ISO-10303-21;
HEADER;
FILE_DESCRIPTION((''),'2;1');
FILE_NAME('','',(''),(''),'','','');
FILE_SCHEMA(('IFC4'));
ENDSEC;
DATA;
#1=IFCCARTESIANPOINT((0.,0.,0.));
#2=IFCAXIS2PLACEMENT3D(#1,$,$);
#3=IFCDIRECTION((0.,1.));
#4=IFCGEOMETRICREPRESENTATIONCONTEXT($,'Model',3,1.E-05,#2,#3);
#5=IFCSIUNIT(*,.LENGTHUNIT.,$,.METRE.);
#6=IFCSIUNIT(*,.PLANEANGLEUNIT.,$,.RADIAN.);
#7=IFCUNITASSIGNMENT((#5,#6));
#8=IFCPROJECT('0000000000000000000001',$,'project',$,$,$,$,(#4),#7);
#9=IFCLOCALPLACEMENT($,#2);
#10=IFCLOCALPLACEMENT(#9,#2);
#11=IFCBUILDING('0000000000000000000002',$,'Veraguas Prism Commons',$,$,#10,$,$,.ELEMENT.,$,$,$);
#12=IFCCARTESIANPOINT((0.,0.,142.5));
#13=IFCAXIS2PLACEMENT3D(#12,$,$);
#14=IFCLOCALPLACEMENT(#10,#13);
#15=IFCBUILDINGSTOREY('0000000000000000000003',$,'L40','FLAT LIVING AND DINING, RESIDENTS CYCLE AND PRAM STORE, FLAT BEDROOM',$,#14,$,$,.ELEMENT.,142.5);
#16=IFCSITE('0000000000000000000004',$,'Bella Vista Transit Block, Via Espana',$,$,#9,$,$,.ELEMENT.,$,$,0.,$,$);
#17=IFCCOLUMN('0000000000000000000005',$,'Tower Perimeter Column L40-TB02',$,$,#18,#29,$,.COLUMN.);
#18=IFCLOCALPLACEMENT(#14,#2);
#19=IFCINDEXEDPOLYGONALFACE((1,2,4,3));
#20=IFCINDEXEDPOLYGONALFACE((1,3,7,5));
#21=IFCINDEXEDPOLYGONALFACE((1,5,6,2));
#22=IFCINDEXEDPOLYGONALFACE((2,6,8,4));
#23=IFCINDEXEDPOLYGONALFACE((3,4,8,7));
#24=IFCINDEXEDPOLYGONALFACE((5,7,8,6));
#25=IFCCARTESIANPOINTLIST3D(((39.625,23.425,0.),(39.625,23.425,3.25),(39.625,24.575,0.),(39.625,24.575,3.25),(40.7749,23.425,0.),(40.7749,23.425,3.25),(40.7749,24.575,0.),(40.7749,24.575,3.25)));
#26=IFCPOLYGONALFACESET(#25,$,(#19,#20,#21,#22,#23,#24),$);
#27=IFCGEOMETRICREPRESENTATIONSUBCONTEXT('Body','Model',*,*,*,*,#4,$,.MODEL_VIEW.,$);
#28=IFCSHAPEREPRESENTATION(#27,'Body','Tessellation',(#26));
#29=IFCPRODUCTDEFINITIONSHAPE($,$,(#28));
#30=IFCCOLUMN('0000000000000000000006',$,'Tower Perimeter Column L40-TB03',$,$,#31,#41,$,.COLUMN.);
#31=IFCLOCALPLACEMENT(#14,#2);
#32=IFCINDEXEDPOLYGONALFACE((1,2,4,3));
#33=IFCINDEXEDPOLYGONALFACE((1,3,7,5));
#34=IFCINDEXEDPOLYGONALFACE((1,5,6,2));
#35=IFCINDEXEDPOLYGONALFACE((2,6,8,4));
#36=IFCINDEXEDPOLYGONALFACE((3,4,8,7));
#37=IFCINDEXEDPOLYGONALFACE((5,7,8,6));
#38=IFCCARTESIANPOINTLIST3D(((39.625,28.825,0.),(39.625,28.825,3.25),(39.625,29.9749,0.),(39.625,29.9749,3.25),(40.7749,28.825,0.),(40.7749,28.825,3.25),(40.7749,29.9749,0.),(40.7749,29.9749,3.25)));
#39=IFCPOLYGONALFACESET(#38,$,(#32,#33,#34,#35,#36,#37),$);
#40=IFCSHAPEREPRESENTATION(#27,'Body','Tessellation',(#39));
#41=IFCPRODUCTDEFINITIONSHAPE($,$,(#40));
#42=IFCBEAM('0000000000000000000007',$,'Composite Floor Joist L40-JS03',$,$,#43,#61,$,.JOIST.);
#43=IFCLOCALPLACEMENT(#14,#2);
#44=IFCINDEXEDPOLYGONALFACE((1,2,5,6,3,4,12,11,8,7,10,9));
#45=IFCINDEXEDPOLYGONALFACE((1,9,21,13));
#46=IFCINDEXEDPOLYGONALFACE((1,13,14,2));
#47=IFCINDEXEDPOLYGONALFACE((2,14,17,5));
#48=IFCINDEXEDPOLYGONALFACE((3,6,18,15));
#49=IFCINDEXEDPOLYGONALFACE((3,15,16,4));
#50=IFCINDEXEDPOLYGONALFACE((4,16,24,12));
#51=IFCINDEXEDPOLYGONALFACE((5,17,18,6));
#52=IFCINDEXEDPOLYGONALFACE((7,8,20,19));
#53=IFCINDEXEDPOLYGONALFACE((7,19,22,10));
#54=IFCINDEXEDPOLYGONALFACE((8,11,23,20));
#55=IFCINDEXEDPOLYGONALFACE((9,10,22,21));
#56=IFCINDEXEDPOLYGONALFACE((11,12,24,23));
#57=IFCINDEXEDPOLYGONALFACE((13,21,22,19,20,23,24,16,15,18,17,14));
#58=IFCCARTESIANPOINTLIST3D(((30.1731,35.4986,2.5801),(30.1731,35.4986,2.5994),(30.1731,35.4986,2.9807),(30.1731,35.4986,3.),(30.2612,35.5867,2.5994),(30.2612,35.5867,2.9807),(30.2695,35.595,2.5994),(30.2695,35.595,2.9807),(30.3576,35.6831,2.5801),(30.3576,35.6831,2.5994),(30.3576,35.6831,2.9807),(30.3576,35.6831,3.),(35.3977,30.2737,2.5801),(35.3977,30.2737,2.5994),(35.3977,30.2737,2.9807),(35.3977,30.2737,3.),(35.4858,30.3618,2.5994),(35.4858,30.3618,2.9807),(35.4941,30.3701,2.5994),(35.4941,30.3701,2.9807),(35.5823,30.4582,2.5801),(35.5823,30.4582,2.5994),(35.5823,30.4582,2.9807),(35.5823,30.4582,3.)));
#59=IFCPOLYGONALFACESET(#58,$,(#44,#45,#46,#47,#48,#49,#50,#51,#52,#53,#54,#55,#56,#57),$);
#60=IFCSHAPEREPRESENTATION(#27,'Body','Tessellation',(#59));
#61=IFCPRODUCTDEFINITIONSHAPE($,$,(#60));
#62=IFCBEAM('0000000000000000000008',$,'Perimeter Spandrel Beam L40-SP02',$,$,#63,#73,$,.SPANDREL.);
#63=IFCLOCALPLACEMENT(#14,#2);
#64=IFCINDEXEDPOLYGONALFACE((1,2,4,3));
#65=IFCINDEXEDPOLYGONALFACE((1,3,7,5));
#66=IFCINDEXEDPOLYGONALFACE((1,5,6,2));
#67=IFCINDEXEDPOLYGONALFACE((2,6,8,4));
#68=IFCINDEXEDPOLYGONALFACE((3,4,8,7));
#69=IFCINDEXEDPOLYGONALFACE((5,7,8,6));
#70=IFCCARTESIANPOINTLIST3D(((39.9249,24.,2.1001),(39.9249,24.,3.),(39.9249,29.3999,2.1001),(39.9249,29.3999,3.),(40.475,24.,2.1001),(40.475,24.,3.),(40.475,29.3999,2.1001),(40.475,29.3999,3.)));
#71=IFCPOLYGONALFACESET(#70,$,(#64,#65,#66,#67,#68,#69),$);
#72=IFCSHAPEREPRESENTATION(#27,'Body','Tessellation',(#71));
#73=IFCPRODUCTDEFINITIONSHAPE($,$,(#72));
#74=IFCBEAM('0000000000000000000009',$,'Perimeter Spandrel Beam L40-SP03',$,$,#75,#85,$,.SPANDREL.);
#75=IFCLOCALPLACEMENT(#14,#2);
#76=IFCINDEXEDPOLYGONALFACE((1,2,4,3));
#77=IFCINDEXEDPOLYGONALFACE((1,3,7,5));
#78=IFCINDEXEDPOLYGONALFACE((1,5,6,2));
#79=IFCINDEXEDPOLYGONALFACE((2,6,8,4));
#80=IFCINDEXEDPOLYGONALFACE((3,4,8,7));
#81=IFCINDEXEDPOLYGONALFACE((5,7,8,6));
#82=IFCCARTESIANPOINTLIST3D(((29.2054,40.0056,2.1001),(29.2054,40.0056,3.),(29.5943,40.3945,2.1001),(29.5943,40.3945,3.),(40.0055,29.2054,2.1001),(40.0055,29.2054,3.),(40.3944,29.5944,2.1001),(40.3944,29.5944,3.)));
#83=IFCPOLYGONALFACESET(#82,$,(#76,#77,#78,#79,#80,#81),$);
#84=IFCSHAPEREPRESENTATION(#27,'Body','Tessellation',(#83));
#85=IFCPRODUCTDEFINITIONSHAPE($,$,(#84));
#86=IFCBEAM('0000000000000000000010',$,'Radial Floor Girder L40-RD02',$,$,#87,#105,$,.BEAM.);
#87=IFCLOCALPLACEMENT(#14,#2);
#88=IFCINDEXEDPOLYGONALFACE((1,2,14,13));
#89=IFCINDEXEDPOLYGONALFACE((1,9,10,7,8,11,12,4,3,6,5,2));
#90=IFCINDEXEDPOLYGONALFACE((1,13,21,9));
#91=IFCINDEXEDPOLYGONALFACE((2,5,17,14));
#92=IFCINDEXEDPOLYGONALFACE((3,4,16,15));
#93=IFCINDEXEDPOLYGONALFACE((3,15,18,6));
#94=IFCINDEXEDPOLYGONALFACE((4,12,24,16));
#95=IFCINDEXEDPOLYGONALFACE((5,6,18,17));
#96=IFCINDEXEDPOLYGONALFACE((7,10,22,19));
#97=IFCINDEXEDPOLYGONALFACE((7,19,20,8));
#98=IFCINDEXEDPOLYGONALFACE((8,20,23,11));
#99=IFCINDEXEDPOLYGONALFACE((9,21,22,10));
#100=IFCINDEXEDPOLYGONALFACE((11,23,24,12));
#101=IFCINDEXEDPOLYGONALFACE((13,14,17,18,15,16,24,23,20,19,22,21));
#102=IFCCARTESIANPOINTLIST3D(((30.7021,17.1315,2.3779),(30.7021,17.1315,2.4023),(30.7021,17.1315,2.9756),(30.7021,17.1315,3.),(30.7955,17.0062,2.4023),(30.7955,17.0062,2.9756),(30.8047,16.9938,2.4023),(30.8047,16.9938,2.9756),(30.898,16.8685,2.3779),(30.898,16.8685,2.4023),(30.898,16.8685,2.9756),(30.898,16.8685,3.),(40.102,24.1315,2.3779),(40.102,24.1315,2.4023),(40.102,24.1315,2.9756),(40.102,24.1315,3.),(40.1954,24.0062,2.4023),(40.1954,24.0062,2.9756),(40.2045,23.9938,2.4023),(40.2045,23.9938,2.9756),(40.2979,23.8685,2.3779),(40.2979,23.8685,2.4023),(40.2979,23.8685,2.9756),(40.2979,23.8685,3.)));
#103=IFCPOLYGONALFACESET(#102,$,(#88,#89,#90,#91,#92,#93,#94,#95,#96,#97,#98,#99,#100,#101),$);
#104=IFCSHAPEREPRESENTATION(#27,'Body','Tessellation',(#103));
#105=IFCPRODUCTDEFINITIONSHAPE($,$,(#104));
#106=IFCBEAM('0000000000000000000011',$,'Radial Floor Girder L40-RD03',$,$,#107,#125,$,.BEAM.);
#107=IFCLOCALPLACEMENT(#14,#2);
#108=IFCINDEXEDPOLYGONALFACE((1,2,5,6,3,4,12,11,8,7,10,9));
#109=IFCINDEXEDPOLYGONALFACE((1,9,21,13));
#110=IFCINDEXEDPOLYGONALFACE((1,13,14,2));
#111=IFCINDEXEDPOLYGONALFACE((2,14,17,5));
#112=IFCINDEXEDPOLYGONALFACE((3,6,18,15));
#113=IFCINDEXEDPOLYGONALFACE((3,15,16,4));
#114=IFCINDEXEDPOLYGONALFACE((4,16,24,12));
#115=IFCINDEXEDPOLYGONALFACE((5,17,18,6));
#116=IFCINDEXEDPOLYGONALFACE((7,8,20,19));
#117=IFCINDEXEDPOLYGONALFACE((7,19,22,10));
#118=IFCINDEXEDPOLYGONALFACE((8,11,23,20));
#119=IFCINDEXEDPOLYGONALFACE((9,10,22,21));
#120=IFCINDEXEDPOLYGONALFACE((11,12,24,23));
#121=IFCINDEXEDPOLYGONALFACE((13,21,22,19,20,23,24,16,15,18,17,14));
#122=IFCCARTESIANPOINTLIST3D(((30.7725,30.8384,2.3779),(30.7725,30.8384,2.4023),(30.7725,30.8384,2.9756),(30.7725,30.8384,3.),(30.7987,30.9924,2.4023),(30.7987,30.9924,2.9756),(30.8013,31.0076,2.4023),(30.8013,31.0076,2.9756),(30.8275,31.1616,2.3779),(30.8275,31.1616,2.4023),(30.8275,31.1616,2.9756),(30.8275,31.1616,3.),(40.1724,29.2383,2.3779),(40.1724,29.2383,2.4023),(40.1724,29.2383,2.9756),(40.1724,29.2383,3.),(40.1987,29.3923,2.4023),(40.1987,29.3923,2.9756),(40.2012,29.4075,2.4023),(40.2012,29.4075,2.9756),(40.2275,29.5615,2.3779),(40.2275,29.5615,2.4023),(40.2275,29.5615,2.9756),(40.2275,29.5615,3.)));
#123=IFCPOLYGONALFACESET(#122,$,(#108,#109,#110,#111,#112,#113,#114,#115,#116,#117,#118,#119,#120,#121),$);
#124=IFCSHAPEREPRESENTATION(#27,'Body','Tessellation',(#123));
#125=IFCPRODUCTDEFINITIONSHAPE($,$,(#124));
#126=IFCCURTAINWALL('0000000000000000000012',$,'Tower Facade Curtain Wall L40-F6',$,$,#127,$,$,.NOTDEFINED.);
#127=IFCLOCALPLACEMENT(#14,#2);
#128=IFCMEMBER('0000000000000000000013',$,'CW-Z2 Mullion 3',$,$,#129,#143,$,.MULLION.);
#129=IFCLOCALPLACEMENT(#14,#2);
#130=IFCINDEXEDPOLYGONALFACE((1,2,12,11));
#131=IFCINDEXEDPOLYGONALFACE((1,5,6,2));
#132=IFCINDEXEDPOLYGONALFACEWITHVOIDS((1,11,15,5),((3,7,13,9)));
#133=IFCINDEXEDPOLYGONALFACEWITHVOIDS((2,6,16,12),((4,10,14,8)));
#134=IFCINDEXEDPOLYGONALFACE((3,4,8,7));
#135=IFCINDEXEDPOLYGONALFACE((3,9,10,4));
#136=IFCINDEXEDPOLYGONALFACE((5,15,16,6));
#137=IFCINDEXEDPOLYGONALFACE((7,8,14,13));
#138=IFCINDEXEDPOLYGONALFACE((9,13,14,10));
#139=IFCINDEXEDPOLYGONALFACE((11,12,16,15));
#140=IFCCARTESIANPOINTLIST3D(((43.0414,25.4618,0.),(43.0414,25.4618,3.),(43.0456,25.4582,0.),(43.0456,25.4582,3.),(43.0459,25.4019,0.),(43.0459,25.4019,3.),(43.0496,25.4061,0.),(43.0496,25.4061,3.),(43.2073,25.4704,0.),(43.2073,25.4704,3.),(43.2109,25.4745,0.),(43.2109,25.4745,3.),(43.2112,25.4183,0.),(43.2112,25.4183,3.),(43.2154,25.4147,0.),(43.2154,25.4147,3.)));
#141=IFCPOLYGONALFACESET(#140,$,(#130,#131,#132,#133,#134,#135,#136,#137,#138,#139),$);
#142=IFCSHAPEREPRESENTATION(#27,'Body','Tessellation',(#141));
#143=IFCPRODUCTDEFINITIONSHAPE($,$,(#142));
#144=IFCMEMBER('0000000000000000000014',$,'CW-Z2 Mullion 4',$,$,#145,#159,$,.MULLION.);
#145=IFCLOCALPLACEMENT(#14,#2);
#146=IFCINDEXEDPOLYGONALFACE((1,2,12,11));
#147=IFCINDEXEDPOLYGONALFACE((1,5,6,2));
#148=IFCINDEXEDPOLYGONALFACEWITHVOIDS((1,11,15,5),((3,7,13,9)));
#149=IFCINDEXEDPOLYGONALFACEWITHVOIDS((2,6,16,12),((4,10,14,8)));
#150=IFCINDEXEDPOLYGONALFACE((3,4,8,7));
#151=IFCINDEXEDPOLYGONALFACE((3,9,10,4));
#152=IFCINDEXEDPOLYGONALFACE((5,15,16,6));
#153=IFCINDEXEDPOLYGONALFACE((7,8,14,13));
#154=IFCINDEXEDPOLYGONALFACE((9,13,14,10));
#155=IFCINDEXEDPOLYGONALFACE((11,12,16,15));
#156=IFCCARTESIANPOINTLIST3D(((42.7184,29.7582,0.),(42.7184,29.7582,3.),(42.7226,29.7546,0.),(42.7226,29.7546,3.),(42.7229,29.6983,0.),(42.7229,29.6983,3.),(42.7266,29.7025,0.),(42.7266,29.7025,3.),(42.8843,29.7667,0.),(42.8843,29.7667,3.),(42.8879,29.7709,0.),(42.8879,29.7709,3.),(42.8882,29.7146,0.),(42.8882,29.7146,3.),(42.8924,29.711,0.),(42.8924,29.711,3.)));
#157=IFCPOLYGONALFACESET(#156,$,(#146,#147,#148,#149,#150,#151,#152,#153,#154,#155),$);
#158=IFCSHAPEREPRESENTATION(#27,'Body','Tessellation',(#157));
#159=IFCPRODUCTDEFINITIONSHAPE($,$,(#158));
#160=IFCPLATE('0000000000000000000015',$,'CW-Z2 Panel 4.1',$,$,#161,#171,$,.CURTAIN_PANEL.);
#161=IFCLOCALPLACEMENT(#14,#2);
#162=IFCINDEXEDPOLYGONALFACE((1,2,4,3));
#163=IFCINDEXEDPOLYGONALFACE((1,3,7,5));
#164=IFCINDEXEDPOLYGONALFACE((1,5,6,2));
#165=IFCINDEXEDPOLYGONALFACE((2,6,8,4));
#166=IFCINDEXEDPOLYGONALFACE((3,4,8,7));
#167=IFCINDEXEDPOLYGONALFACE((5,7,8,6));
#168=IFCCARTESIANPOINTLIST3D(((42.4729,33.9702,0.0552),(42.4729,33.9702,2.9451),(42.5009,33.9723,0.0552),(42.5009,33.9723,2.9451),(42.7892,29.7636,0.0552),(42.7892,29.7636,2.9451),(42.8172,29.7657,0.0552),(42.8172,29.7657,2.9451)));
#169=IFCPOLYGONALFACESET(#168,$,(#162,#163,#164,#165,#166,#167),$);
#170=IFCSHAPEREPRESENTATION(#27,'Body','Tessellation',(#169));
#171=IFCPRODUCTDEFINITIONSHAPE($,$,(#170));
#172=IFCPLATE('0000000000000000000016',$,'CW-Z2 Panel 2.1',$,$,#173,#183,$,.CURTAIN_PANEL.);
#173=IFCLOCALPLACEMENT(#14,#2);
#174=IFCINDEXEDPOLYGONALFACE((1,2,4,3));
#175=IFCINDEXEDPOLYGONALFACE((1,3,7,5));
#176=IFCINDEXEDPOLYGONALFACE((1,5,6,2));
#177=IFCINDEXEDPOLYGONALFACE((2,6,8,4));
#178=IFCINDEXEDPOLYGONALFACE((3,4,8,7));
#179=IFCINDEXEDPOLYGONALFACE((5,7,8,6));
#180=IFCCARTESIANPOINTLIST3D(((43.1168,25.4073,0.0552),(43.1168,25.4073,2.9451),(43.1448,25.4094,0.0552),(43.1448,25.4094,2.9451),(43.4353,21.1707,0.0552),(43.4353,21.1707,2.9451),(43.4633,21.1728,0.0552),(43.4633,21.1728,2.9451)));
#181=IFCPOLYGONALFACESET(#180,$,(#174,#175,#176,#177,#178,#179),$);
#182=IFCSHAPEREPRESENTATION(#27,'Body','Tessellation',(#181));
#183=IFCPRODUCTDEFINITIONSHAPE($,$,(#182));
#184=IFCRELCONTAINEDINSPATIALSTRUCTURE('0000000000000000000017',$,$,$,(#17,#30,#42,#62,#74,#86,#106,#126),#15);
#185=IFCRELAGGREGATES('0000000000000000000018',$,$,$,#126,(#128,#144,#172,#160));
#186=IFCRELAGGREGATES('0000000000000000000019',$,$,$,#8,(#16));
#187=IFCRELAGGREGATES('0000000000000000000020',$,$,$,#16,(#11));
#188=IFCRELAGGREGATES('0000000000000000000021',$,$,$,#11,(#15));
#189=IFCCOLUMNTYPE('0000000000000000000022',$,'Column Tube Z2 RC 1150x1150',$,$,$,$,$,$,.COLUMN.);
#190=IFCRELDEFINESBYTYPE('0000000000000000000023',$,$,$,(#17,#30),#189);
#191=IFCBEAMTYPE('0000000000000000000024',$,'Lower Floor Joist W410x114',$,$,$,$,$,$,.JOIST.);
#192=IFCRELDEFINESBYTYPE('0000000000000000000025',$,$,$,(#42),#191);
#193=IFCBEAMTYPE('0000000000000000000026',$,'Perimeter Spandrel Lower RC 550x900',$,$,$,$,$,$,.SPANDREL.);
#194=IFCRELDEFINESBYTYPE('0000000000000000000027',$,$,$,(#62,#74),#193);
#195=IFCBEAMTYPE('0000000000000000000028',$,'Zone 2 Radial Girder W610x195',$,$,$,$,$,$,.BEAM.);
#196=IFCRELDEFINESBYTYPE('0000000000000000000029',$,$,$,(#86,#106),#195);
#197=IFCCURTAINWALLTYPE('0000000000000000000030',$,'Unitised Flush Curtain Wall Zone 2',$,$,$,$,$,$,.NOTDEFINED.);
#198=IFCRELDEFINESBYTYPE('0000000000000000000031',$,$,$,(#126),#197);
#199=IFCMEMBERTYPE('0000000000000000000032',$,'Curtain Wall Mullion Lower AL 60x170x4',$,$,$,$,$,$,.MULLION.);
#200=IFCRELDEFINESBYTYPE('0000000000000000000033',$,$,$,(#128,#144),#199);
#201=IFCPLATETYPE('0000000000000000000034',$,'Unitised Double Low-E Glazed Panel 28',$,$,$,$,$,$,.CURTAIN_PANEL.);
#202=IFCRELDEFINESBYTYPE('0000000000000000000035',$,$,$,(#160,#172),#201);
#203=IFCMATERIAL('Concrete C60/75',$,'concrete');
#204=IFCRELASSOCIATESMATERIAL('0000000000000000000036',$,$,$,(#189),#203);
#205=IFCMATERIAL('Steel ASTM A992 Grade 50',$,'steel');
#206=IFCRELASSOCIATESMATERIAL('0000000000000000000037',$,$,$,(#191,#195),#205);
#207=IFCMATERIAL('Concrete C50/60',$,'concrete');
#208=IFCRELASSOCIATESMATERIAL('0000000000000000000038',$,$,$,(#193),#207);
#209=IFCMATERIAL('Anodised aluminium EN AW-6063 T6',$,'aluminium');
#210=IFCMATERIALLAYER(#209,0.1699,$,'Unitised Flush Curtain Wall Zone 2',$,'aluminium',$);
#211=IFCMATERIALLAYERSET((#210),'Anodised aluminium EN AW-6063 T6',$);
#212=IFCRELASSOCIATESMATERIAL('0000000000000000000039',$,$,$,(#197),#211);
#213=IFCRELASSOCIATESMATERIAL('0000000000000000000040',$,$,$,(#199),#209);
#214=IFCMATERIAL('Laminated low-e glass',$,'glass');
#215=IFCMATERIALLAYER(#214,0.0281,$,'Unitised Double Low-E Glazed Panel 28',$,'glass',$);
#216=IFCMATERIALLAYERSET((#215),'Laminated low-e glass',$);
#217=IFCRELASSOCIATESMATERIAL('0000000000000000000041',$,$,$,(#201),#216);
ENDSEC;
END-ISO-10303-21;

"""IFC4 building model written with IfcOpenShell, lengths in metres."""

from ifc_helpers import new_model, si_unit, direction, frame, origin, origin_2d, place, context, subcontext, project, spatial, rectangle, hollow_rectangle, i_section, extrude, source, transform, mapped, material, layer, layer_set, material_profile, profile_set, type_object, element, aggregate, save


model = new_model("IFC4")

# Units and contexts
model_context = context("Model", 3, precision=1e-05, world=origin(), true_north=direction((0.0, 1.0)))
body_context = subcontext(model_context, "Body", "Model", "MODEL_VIEW")
ifc_project = project(units=[si_unit("LENGTHUNIT", "METRE"), si_unit("PLANEANGLEUNIT", "RADIAN")], contexts=[model_context])

# Site, building, storey
site_placement = place(None, origin())
site = spatial("IfcSite", under=ifc_project, at=site_placement, Name="Bella Vista Transit Block, Via Espana", CompositionType="ELEMENT", RefElevation=0.0)
building_placement = place(site_placement, origin())
building = spatial("IfcBuilding", under=site, at=building_placement, Name="Veraguas Prism Commons", CompositionType="ELEMENT")
storey_placement = place(building_placement, frame((0.0, 0.0, 142.5)))
storey = spatial("IfcBuildingStorey", under=building, at=storey_placement, Name="L40", Description="FLAT LIVING AND DINING, RESIDENTS CYCLE AND PRAM STORE, FLAT BEDROOM", CompositionType="ELEMENT", Elevation=142.5)

# Columns
ifc_material_1 = material(Name="Concrete C60/75", Category="concrete")
ifc_material_profile_1 = material_profile(ifc_material_1, rectangle(XDim=1.1499, YDim=1.1499, at=origin_2d()), Name="RC1150X1150")
ifc_profile_set_1 = profile_set([ifc_material_profile_1], Name="Concrete C60/75")
column_type = type_object("IfcColumnType", Name="Column Tube Z2 RC 1150x1150", PredefinedType="COLUMN", material=ifc_profile_set_1)
for number, where, z_axis, x_axis, name in (
    (1, (40.2, 24.0, 0.0), (0.0, 0.0, 1.0), (1.0, 0.0, 0.0), "Tower Perimeter Column L40-TB02"),
    (2, (40.2, 29.3999, 0.0), (0.0, 0.0, 1.0), (1.0, 0.0, 0.0), "Tower Perimeter Column L40-TB03"),
):
    element("IfcColumn", number, at=place(storey_placement, frame(where, z_axis=z_axis, x_axis=x_axis)), inside=storey, type_object=column_type, Name=name, PredefinedType="COLUMN", context=body_context, shape_type="SweptSolid", body=[
        extrude(rectangle(XDim=1.1499, YDim=1.1499, at=origin_2d()), origin(), (0.0, 0.0, 1.0), 3.25),
    ])

# Beams
ifc_material_2 = material(Name="Steel ASTM A992 Grade 50", Category="steel")
ifc_material_profile_2 = material_profile(ifc_material_2, i_section(OverallWidth=0.261, OverallDepth=0.4199, WebThickness=0.0117, FlangeThickness=0.0193, at=origin_2d()), Name="W410X114")
ifc_profile_set_2 = profile_set([ifc_material_profile_2], Name="Steel ASTM A992 Grade 50")
beam_type_1 = type_object("IfcBeamType", Name="Lower Floor Joist W410x114", PredefinedType="JOIST", material=ifc_profile_set_2)
beam_1_placement = place(storey_placement, frame((35.49, 30.366, 2.79), z_axis=(-0.70709, 0.707123, 0.0), x_axis=(-0.707123, -0.70709, 0.0)))
element("IfcBeam", 3, at=beam_1_placement, inside=storey, type_object=beam_type_1, Name="Composite Floor Joist L40-JS03", PredefinedType="JOIST", context=body_context, shape_type="SweptSolid", body=[
    extrude(i_section(OverallWidth=0.261, OverallDepth=0.4199, WebThickness=0.0117, FlangeThickness=0.0193, at=origin_2d()), origin(), (0.0, 0.0, 1.0), 7.3889),
])
ifc_material_3 = material(Name="Concrete C50/60", Category="concrete")
ifc_material_profile_3 = material_profile(ifc_material_3, rectangle(XDim=0.55, YDim=0.8999, at=origin_2d()), Name="RC550X900")
ifc_profile_set_3 = profile_set([ifc_material_profile_3], Name="Concrete C50/60")
beam_type_2 = type_object("IfcBeamType", Name="Perimeter Spandrel Lower RC 550x900", PredefinedType="SPANDREL", material=ifc_profile_set_3)
beam_2_placement = place(storey_placement, frame((40.2, 24.0, 2.55), z_axis=(0.0, 1.0, 0.0), x_axis=(-1.0, 0.0, 0.0)))
element("IfcBeam", 4, at=beam_2_placement, inside=storey, type_object=beam_type_2, Name="Perimeter Spandrel Beam L40-SP02", PredefinedType="SPANDREL", context=body_context, shape_type="SweptSolid", body=[
    extrude(rectangle(XDim=0.55, YDim=0.8999, at=origin_2d()), origin(), (0.0, 0.0, 1.0), 5.3999),
])
beam_3_placement = place(storey_placement, frame((40.2, 29.3999, 2.55), z_axis=(-0.707107, 0.707107, 0.0), x_axis=(-0.707107, -0.707107, 0.0)))
element("IfcBeam", 5, at=beam_3_placement, inside=storey, type_object=beam_type_2, Name="Perimeter Spandrel Beam L40-SP03", PredefinedType="SPANDREL", context=body_context, shape_type="SweptSolid", body=[
    extrude(rectangle(XDim=0.55, YDim=0.8999, at=origin_2d()), origin(), (0.0, 0.0, 1.0), 15.2737),
])
ifc_material_profile_4 = material_profile(ifc_material_2, i_section(OverallWidth=0.3279, OverallDepth=0.6221, WebThickness=0.0154, FlangeThickness=0.0244, at=origin_2d()), Name="W610X195")
ifc_profile_set_4 = profile_set([ifc_material_profile_4], Name="Steel ASTM A992 Grade 50")
beam_type_3 = type_object("IfcBeamType", Name="Zone 2 Radial Girder W610x195", PredefinedType="BEAM", material=ifc_profile_set_4)
beam_4_placement = place(storey_placement, frame((40.2, 24.0, 2.689), z_axis=(-0.80204, -0.59727, 0.0), x_axis=(0.59727, -0.80204, 0.0)))
element("IfcBeam", 6, at=beam_4_placement, inside=storey, type_object=beam_type_3, Name="Radial Floor Girder L40-RD02", PredefinedType="BEAM", context=body_context, shape_type="SweptSolid", body=[
    extrude(i_section(OverallWidth=0.3279, OverallDepth=0.6221, WebThickness=0.0154, FlangeThickness=0.0244, at=origin_2d()), origin(), (0.0, 0.0, 1.0), 11.72),
])
beam_5_placement = place(storey_placement, frame((40.2, 29.3999, 2.689), z_axis=(-0.985819, 0.167811, 0.0), x_axis=(-0.167811, -0.985819, 0.0)))
element("IfcBeam", 7, at=beam_5_placement, inside=storey, type_object=beam_type_3, Name="Radial Floor Girder L40-RD03", PredefinedType="BEAM", context=body_context, shape_type="SweptSolid", body=[
    extrude(i_section(OverallWidth=0.3279, OverallDepth=0.6221, WebThickness=0.0154, FlangeThickness=0.0244, at=origin_2d()), origin(), (0.0, 0.0, 1.0), 9.5352),
])

# Curtain wall, members, plates
ifc_material_4 = material(Name="Anodised aluminium EN AW-6063 T6", Category="aluminium")
ifc_layer_1 = layer(ifc_material_4, 0.1699, Name="Unitised Flush Curtain Wall Zone 2", Category="aluminium")
ifc_layer_set_1 = layer_set([ifc_layer_1], Name="Anodised aluminium EN AW-6063 T6")
curtain_wall_type = type_object("IfcCurtainWallType", Name="Unitised Flush Curtain Wall Zone 2", PredefinedType="NOTDEFINED", material=ifc_layer_set_1)
curtain_wall_placement = place(storey_placement, origin())
curtain_wall = element("IfcCurtainWall", 8, at=curtain_wall_placement, inside=storey, type_object=curtain_wall_type, Name="Tower Facade Curtain Wall L40-F6", PredefinedType="NOTDEFINED")
ifc_material_profile_5 = material_profile(ifc_material_4, hollow_rectangle(XDim=0.0601, YDim=0.1699, WallThickness=0.0039, at=origin_2d()), Name="AL60X170X4")
ifc_profile_set_5 = profile_set([ifc_material_profile_5], Name="Anodised aluminium EN AW-6063 T6")
member_type = type_object("IfcMemberType", Name="Curtain Wall Mullion Lower AL 60x170x4", PredefinedType="MULLION", material=ifc_profile_set_5)
shared_shape_1 = source(origin(), body_context, "Body", "SweptSolid", [
    extrude(hollow_rectangle(XDim=0.0601, YDim=0.1699, WallThickness=0.0039, at=origin_2d()), origin(), (0.0, 0.0, 1.0), 3.0),
])
member_1_placement = place(storey_placement, frame((43.1284, 25.4382, 0.0), z_axis=(0.0, 0.0, 1.0), x_axis=(-0.074979, 0.997185, 0.0)))
member_1 = element("IfcMember", 9, at=member_1_placement, type_object=member_type, Name="CW-Z2 Mullion 3", PredefinedType="MULLION", context=body_context, shape_type="MappedRepresentation", body=[
    mapped(shared_shape_1, transform((0.0, 0.0, 0.0), scale=1.0)),
])
member_2_placement = place(storey_placement, frame((42.8054, 29.7346, 0.0), z_axis=(0.0, 0.0, 1.0), x_axis=(-0.074979, 0.997185, 0.0)))
member_2 = element("IfcMember", 10, at=member_2_placement, type_object=member_type, Name="CW-Z2 Mullion 4", PredefinedType="MULLION", context=body_context, shape_type="MappedRepresentation", body=[
    mapped(shared_shape_1, transform((0.0, 0.0, 0.0), scale=1.0)),
])
ifc_material_5 = material(Name="Laminated low-e glass", Category="glass")
ifc_layer_2 = layer(ifc_material_5, 0.0281, Name="Unitised Double Low-E Glazed Panel 28", Category="glass")
ifc_layer_set_2 = layer_set([ifc_layer_2], Name="Laminated low-e glass")
plate_type = type_object("IfcPlateType", Name="Unitised Double Low-E Glazed Panel 28", PredefinedType="CURTAIN_PANEL", material=ifc_layer_set_2)
shared_shape_2 = source(origin(), body_context, "Body", "SweptSolid", [
    extrude(rectangle(XDim=4.2185, YDim=0.0281, at=origin_2d()), origin(), (0.0, 0.0, 1.0), 2.8899),
])
plate_1_placement = place(storey_placement, frame((42.645, 31.8679, 0.0552), z_axis=(0.0, 0.0, 1.0), x_axis=(-0.074979, 0.997185, 0.0)))
plate_1 = element("IfcPlate", 11, at=plate_1_placement, type_object=plate_type, Name="CW-Z2 Panel 4.1", PredefinedType="CURTAIN_PANEL", context=body_context, shape_type="MappedRepresentation", body=[
    mapped(shared_shape_2, transform((0.0, 0.0, 0.0), scale=1.0)),
])
shared_shape_3 = source(origin(), body_context, "Body", "SweptSolid", [
    extrude(rectangle(XDim=4.2485, YDim=0.0281, at=origin_2d()), origin(), (0.0, 0.0, 1.0), 2.8899),
])
plate_2_placement = place(storey_placement, frame((43.29, 23.29, 0.0552), z_axis=(0.0, 0.0, 1.0), x_axis=(-0.074979, 0.997185, 0.0)))
plate_2 = element("IfcPlate", 12, at=plate_2_placement, type_object=plate_type, Name="CW-Z2 Panel 2.1", PredefinedType="CURTAIN_PANEL", context=body_context, shape_type="MappedRepresentation", body=[
    mapped(shared_shape_3, transform((0.0, 0.0, 0.0), scale=1.0)),
])
aggregate(curtain_wall, [member_1, member_2, plate_2, plate_1])

save(model, "model.ifc")
